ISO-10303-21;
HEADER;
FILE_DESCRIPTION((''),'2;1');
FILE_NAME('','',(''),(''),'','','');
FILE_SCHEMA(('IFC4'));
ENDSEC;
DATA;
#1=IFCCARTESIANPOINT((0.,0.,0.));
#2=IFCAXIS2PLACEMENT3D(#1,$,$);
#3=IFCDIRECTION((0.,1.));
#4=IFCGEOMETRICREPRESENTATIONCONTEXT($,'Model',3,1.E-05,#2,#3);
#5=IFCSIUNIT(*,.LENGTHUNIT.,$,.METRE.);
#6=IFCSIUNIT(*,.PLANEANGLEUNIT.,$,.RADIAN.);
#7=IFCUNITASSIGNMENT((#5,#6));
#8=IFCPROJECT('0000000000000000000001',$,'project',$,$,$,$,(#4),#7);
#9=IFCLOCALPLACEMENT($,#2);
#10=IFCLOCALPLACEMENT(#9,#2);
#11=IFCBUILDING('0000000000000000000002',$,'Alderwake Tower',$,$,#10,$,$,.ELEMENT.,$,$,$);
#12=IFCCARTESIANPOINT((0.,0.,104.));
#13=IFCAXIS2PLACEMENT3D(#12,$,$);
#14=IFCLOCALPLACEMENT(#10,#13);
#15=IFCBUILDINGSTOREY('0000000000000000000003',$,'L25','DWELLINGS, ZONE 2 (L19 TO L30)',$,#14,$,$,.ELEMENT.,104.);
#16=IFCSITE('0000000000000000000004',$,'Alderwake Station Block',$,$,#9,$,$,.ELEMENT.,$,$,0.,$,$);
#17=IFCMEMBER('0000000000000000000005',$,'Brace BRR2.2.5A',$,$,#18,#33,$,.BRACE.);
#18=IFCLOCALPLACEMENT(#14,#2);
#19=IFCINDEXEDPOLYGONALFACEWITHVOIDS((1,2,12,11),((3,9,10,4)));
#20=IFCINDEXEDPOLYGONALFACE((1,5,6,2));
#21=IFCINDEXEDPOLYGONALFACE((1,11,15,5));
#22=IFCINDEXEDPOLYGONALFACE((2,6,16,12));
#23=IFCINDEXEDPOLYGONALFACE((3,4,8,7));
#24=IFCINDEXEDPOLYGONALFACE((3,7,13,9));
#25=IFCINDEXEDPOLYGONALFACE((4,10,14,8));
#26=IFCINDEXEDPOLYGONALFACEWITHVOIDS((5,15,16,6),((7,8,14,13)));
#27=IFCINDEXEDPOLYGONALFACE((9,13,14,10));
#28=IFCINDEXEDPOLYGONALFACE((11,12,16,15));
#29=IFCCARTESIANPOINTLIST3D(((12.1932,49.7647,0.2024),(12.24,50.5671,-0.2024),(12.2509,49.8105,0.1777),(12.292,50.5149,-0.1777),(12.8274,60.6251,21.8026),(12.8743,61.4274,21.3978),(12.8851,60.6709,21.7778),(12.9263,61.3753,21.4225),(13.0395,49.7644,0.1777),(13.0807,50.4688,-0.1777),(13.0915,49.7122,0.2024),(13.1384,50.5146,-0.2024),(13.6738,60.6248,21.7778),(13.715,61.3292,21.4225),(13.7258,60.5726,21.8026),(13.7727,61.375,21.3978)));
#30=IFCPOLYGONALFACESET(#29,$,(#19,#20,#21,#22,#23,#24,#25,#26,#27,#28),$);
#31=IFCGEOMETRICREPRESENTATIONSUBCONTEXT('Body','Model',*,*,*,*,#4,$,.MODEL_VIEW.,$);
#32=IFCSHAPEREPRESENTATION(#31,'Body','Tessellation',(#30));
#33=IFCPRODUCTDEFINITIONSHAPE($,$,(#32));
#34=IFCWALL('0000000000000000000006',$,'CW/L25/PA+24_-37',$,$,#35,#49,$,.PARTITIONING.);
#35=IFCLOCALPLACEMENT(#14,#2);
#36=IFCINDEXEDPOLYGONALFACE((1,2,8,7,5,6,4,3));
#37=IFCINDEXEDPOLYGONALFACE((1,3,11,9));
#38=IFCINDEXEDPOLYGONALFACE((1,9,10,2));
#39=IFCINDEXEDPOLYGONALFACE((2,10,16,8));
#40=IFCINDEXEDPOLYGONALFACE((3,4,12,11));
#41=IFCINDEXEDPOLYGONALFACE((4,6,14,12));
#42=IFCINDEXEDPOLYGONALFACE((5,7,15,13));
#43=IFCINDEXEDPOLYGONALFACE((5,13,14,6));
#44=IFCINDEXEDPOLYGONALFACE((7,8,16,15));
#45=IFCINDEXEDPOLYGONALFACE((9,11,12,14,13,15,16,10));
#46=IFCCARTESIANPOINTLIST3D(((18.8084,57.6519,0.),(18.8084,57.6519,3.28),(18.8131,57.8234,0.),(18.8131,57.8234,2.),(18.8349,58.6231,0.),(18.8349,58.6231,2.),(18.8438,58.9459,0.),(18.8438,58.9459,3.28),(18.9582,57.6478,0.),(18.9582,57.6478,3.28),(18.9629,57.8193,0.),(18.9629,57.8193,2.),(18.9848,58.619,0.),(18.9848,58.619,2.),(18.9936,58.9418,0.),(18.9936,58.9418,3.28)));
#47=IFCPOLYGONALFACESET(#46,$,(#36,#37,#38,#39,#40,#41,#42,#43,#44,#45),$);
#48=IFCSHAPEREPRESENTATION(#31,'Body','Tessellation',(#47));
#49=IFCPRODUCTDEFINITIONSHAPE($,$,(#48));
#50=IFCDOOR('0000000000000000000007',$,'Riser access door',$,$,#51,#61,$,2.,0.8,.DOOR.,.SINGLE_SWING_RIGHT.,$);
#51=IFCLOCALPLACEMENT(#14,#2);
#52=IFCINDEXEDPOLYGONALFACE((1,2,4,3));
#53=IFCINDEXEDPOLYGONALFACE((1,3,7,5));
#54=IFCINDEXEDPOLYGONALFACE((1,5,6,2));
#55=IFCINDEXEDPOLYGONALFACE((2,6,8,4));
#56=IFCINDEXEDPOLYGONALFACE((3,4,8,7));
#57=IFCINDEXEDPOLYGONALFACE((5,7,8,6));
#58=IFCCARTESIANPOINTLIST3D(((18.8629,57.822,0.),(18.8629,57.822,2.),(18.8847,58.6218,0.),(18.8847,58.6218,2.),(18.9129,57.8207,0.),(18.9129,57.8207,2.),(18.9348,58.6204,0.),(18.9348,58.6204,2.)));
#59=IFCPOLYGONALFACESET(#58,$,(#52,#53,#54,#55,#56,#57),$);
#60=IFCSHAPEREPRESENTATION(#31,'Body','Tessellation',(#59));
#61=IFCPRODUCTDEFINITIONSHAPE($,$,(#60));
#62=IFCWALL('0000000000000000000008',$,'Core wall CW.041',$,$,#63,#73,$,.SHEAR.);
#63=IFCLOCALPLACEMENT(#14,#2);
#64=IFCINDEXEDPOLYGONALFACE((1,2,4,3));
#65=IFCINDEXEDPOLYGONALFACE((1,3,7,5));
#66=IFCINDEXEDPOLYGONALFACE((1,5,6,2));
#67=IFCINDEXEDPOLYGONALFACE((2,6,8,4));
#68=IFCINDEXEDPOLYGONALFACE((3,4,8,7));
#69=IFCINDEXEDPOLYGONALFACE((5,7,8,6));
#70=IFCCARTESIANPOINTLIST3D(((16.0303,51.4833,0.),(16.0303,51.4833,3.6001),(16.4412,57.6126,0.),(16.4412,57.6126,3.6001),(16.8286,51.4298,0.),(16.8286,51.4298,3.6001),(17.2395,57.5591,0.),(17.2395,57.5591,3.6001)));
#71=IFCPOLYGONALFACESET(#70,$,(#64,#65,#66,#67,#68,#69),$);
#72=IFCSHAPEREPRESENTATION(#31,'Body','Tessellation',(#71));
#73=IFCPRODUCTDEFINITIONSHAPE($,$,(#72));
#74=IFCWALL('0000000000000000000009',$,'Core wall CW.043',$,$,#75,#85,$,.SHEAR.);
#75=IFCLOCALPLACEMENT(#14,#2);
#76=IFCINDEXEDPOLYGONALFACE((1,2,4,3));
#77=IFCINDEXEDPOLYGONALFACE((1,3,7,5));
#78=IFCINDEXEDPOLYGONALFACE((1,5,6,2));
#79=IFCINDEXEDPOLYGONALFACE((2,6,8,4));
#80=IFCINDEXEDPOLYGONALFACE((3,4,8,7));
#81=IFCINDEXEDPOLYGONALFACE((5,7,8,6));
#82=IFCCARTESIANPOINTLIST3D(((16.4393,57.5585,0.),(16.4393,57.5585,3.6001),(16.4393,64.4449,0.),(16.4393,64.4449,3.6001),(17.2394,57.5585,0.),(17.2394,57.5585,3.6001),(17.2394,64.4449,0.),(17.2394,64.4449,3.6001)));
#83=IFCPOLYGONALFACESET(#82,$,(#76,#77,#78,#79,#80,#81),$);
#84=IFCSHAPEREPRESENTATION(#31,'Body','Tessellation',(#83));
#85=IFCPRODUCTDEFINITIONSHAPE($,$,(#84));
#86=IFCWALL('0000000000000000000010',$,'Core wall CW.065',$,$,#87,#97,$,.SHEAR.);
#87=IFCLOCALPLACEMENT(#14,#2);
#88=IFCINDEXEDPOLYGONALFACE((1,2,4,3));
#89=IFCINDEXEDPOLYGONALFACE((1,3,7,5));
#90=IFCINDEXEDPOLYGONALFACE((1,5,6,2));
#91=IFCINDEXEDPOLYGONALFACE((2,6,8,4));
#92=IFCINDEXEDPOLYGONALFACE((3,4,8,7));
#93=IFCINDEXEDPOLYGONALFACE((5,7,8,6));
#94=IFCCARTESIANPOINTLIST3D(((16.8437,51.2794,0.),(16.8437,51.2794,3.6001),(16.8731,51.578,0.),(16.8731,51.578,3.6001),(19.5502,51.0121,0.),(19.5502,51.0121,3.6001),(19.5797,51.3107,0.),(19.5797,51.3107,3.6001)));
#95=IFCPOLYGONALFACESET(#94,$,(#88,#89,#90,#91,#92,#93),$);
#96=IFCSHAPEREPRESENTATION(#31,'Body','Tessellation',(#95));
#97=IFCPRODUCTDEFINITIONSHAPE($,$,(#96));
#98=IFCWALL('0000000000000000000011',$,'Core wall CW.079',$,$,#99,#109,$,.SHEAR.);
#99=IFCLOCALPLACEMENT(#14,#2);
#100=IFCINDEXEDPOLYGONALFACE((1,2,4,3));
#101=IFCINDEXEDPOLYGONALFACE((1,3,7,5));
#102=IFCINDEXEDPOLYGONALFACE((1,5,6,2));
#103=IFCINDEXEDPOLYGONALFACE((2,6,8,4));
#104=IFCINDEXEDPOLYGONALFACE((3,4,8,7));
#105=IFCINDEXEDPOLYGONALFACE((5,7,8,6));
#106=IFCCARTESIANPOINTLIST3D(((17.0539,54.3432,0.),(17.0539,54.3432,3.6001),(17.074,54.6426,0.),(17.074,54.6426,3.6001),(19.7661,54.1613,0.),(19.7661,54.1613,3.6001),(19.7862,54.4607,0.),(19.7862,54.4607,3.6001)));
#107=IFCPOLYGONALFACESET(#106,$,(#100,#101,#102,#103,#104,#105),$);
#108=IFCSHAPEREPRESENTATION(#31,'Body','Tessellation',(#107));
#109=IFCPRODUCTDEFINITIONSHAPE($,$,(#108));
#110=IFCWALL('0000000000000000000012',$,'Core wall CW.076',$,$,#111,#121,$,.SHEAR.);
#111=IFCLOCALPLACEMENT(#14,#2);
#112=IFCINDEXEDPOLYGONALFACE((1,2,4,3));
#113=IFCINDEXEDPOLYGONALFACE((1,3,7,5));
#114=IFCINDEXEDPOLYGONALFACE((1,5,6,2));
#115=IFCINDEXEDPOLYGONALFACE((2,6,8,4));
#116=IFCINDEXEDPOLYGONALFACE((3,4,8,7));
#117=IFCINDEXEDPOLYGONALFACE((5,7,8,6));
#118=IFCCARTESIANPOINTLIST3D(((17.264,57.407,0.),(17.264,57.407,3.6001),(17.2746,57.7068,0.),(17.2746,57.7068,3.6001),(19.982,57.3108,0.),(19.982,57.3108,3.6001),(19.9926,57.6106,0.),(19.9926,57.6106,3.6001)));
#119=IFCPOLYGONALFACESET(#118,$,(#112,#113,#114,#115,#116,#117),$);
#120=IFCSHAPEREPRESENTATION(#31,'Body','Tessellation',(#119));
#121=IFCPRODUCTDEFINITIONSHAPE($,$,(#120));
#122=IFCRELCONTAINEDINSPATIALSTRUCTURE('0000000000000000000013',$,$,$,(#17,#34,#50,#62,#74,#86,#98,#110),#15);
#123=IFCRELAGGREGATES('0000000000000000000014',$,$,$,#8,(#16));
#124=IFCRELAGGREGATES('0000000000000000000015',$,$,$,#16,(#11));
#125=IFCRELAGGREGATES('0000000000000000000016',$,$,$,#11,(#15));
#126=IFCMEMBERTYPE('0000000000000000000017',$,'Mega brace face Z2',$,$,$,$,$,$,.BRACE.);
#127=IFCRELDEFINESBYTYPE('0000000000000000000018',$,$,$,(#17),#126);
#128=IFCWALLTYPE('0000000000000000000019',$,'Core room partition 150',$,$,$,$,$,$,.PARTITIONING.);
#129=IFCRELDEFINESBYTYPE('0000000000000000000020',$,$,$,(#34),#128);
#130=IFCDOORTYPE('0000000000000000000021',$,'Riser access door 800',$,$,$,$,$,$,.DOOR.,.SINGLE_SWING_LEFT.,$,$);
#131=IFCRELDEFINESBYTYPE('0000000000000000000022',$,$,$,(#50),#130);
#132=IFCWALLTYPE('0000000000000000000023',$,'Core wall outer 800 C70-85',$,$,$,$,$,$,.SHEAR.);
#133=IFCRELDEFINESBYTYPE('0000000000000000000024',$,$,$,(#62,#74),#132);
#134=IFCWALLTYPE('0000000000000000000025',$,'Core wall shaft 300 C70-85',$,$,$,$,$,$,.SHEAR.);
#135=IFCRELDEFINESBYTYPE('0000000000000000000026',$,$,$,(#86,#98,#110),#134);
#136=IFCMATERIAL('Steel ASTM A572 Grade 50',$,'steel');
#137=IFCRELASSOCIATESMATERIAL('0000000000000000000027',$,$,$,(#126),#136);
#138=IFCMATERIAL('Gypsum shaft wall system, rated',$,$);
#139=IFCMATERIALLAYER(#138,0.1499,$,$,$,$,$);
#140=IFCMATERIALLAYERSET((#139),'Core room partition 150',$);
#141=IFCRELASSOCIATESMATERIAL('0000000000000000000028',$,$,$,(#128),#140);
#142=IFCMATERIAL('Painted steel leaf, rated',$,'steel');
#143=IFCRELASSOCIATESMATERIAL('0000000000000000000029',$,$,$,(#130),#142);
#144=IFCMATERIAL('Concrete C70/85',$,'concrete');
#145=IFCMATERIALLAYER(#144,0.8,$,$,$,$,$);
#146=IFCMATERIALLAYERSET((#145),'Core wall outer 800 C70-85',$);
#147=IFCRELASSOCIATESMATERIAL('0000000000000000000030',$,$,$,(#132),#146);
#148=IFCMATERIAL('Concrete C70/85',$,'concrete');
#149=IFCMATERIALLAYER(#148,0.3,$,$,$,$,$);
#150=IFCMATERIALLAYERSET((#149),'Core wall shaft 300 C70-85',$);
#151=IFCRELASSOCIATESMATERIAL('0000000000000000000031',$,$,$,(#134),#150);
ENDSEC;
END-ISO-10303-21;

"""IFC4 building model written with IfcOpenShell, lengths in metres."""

from ifc_helpers import new_model, si_unit, direction, frame, frame_2d, origin, origin_2d, place, context, subcontext, project, spatial, rectangle, hollow_rectangle, extrude, material, layer, layer_set, material_profile, profile_set, type_object, element, fill, save


model = new_model("IFC4")

# Units and contexts
model_context = context("Model", 3, precision=1e-05, world=origin(), true_north=direction((0.0, 1.0)))
body_context = subcontext(model_context, "Body", "Model", "MODEL_VIEW")
ifc_project = project(units=[si_unit("LENGTHUNIT", "METRE"), si_unit("PLANEANGLEUNIT", "RADIAN")], contexts=[model_context])

# Site, building, storey
site_placement = place(None, origin())
site = spatial("IfcSite", under=ifc_project, at=site_placement, Name="Alderwake Station Block", CompositionType="ELEMENT", RefElevation=0.0)
building_placement = place(site_placement, origin())
building = spatial("IfcBuilding", under=site, at=building_placement, Name="Alderwake Tower", CompositionType="ELEMENT")
storey_placement = place(building_placement, frame((0.0, 0.0, 104.0)))
storey = spatial("IfcBuildingStorey", under=building, at=storey_placement, Name="L25", Description="DWELLINGS, ZONE 2 (L19 TO L30)", CompositionType="ELEMENT", Elevation=104.0)

# Member
ifc_material_1 = material(Name="Steel ASTM A572 Grade 50", Category="steel")
ifc_material_profile_1 = material_profile(ifc_material_1, hollow_rectangle(XDim=0.8999, YDim=0.8999, WallThickness=0.0549, at=origin_2d()), Name="BOX 900X900X55")
ifc_profile_set_1 = profile_set([ifc_material_profile_1], Name="Steel ASTM A572 Grade 50")
member_type = type_object("IfcMemberType", Name="Mega brace face Z2", PredefinedType="BRACE", material=ifc_profile_set_1)
member_placement = place(storey_placement, frame((12.6658, 50.1396, 0.0), z_axis=(0.026226, 0.449053, 0.89312), x_axis=(-0.998299, 0.058304, 0.0)))
element("IfcMember", 1, at=member_placement, inside=storey, type_object=member_type, Name="Brace BRR2.2.5A", PredefinedType="BRACE", context=body_context, shape_type="SweptSolid", body=[
    extrude(hollow_rectangle(XDim=0.8999, YDim=0.8999, WallThickness=0.0549, at=origin_2d()), origin(), (0.0, 0.0, 1.0), 24.1851),
])

# Wall, opening, door
ifc_material_2 = material(Name="Gypsum shaft wall system, rated")
ifc_layer_1 = layer(ifc_material_2, 0.1499)
ifc_layer_set_1 = layer_set([ifc_layer_1], Name="Core room partition 150")
wall_type_1 = type_object("IfcWallType", Name="Core room partition 150", PredefinedType="PARTITIONING", material=ifc_layer_set_1)
wall_1_placement = place(storey_placement, frame((18.9187, 58.9438, 0.0), z_axis=(0.0, 0.0, 1.0), x_axis=(-0.027348, -0.999626, 0.0)))
wall_1 = element("IfcWall", 2, at=wall_1_placement, inside=storey, type_object=wall_type_1, Name="CW/L25/PA+24_-37", PredefinedType="PARTITIONING", context=body_context, shape_type="SweptSolid", body=[
    extrude(rectangle(XDim=1.2944, YDim=0.1499, at=frame_2d((0.6472, 0.0))), origin(), (0.0, 0.0, 1.0), 3.28),
])
opening_1_placement = place(wall_1_placement, frame((0.323, 0.0, 0.0)))
opening_1 = element("IfcOpeningElement", 3, at=opening_1_placement, cuts=wall_1, PredefinedType="OPENING", context=body_context, shape_type="SweptSolid", body=[
    extrude(rectangle(XDim=0.8, YDim=2.0, at=frame_2d((0.3999, 1.0))), frame((0.0, 0.085, 0.0), z_axis=(0.0, -1.0, 0.0), x_axis=(1.0, 0.0, 0.0)), (0.0, 0.0, 1.0), 0.1699),
])
ifc_material_3 = material(Name="Painted steel leaf, rated", Category="steel")
door_type_1 = type_object("IfcDoorType", Name="Riser access door 800", OperationType="SINGLE_SWING_LEFT", PredefinedType="DOOR", material=ifc_material_3)
door_1_placement = place(opening_1_placement, origin())
door_1 = element("IfcDoor", 4, at=door_1_placement, inside=storey, type_object=door_type_1, Name="Riser access door", OperationType="SINGLE_SWING_RIGHT", OverallHeight=2.0, OverallWidth=0.8, PredefinedType="DOOR", context=body_context, shape_type="SweptSolid", body=[
    extrude(rectangle(XDim=0.8, YDim=2.0, at=frame_2d((0.3999, 1.0))), frame((0.0, 0.0249, 0.0), z_axis=(0.0, -1.0, 0.0), x_axis=(1.0, 0.0, 0.0)), (0.0, 0.0, 1.0), 0.05),
])
fill(opening_1, door_1)

# Walls
ifc_material_4 = material(Name="Concrete C70/85", Category="concrete")
ifc_layer_2 = layer(ifc_material_4, 0.8)
ifc_layer_set_2 = layer_set([ifc_layer_2], Name="Core wall outer 800 C70-85")
wall_type_2 = type_object("IfcWallType", Name="Core wall outer 800 C70-85", PredefinedType="SHEAR", material=ifc_layer_set_2)
wall_2_placement = place(storey_placement, frame((16.4294, 51.4565, 0.0), z_axis=(0.0, 0.0, 1.0), x_axis=(0.066886, 0.997761, 0.0)))
element("IfcWall", 5, at=wall_2_placement, inside=storey, type_object=wall_type_2, Name="Core wall CW.041", PredefinedType="SHEAR", context=body_context, shape_type="SweptSolid", body=[
    extrude(rectangle(XDim=6.1431, YDim=0.8, at=frame_2d((3.0715, 0.0))), origin(), (0.0, 0.0, 1.0), 3.6001),
])
wall_3_placement = place(storey_placement, frame((16.8394, 57.5583, 0.0), z_axis=(0.0, 0.0, 1.0), x_axis=(0.0, 1.0, 0.0)))
element("IfcWall", 6, at=wall_3_placement, inside=storey, type_object=wall_type_2, Name="Core wall CW.043", PredefinedType="SHEAR", context=body_context, shape_type="SweptSolid", body=[
    extrude(rectangle(XDim=6.8865, YDim=0.8, at=frame_2d((3.4434, 0.0))), origin(), (0.0, 0.0, 1.0), 3.6001),
])
ifc_material_5 = material(Name="Concrete C70/85", Category="concrete")
ifc_layer_3 = layer(ifc_material_5, 0.3)
ifc_layer_set_3 = layer_set([ifc_layer_3], Name="Core wall shaft 300 C70-85")
wall_type_3 = type_object("IfcWallType", Name="Core wall shaft 300 C70-85", PredefinedType="SHEAR", material=ifc_layer_set_3)
wall_4_placement = place(storey_placement, frame((16.8584, 51.4287, 0.0), z_axis=(0.0, 0.0, 1.0), x_axis=(0.995157, -0.098295, 0.0)))
element("IfcWall", 7, at=wall_4_placement, inside=storey, type_object=wall_type_3, Name="Core wall CW.065", PredefinedType="SHEAR", context=body_context, shape_type="SweptSolid", body=[
    extrude(rectangle(XDim=2.7197, YDim=0.3, at=frame_2d((1.3599, 0.0))), origin(), (0.0, 0.0, 1.0), 3.6001),
])
wall_5_placement = place(storey_placement, frame((17.064, 54.4929, 0.0), z_axis=(0.0, 0.0, 1.0), x_axis=(0.997759, -0.066912, 0.0)))
element("IfcWall", 8, at=wall_5_placement, inside=storey, type_object=wall_type_3, Name="Core wall CW.079", PredefinedType="SHEAR", context=body_context, shape_type="SweptSolid", body=[
    extrude(rectangle(XDim=2.7183, YDim=0.3, at=frame_2d((1.3591, 0.0))), origin(), (0.0, 0.0, 1.0), 3.6001),
])
wall_6_placement = place(storey_placement, frame((17.2693, 57.5569, 0.0), z_axis=(0.0, 0.0, 1.0), x_axis=(0.999374, -0.035368, 0.0)))
element("IfcWall", 9, at=wall_6_placement, inside=storey, type_object=wall_type_3, Name="Core wall CW.076", PredefinedType="SHEAR", context=body_context, shape_type="SweptSolid", body=[
    extrude(rectangle(XDim=2.7197, YDim=0.3, at=frame_2d((1.3599, 0.0))), origin(), (0.0, 0.0, 1.0), 3.6001),
])

save(model, "model.ifc")
